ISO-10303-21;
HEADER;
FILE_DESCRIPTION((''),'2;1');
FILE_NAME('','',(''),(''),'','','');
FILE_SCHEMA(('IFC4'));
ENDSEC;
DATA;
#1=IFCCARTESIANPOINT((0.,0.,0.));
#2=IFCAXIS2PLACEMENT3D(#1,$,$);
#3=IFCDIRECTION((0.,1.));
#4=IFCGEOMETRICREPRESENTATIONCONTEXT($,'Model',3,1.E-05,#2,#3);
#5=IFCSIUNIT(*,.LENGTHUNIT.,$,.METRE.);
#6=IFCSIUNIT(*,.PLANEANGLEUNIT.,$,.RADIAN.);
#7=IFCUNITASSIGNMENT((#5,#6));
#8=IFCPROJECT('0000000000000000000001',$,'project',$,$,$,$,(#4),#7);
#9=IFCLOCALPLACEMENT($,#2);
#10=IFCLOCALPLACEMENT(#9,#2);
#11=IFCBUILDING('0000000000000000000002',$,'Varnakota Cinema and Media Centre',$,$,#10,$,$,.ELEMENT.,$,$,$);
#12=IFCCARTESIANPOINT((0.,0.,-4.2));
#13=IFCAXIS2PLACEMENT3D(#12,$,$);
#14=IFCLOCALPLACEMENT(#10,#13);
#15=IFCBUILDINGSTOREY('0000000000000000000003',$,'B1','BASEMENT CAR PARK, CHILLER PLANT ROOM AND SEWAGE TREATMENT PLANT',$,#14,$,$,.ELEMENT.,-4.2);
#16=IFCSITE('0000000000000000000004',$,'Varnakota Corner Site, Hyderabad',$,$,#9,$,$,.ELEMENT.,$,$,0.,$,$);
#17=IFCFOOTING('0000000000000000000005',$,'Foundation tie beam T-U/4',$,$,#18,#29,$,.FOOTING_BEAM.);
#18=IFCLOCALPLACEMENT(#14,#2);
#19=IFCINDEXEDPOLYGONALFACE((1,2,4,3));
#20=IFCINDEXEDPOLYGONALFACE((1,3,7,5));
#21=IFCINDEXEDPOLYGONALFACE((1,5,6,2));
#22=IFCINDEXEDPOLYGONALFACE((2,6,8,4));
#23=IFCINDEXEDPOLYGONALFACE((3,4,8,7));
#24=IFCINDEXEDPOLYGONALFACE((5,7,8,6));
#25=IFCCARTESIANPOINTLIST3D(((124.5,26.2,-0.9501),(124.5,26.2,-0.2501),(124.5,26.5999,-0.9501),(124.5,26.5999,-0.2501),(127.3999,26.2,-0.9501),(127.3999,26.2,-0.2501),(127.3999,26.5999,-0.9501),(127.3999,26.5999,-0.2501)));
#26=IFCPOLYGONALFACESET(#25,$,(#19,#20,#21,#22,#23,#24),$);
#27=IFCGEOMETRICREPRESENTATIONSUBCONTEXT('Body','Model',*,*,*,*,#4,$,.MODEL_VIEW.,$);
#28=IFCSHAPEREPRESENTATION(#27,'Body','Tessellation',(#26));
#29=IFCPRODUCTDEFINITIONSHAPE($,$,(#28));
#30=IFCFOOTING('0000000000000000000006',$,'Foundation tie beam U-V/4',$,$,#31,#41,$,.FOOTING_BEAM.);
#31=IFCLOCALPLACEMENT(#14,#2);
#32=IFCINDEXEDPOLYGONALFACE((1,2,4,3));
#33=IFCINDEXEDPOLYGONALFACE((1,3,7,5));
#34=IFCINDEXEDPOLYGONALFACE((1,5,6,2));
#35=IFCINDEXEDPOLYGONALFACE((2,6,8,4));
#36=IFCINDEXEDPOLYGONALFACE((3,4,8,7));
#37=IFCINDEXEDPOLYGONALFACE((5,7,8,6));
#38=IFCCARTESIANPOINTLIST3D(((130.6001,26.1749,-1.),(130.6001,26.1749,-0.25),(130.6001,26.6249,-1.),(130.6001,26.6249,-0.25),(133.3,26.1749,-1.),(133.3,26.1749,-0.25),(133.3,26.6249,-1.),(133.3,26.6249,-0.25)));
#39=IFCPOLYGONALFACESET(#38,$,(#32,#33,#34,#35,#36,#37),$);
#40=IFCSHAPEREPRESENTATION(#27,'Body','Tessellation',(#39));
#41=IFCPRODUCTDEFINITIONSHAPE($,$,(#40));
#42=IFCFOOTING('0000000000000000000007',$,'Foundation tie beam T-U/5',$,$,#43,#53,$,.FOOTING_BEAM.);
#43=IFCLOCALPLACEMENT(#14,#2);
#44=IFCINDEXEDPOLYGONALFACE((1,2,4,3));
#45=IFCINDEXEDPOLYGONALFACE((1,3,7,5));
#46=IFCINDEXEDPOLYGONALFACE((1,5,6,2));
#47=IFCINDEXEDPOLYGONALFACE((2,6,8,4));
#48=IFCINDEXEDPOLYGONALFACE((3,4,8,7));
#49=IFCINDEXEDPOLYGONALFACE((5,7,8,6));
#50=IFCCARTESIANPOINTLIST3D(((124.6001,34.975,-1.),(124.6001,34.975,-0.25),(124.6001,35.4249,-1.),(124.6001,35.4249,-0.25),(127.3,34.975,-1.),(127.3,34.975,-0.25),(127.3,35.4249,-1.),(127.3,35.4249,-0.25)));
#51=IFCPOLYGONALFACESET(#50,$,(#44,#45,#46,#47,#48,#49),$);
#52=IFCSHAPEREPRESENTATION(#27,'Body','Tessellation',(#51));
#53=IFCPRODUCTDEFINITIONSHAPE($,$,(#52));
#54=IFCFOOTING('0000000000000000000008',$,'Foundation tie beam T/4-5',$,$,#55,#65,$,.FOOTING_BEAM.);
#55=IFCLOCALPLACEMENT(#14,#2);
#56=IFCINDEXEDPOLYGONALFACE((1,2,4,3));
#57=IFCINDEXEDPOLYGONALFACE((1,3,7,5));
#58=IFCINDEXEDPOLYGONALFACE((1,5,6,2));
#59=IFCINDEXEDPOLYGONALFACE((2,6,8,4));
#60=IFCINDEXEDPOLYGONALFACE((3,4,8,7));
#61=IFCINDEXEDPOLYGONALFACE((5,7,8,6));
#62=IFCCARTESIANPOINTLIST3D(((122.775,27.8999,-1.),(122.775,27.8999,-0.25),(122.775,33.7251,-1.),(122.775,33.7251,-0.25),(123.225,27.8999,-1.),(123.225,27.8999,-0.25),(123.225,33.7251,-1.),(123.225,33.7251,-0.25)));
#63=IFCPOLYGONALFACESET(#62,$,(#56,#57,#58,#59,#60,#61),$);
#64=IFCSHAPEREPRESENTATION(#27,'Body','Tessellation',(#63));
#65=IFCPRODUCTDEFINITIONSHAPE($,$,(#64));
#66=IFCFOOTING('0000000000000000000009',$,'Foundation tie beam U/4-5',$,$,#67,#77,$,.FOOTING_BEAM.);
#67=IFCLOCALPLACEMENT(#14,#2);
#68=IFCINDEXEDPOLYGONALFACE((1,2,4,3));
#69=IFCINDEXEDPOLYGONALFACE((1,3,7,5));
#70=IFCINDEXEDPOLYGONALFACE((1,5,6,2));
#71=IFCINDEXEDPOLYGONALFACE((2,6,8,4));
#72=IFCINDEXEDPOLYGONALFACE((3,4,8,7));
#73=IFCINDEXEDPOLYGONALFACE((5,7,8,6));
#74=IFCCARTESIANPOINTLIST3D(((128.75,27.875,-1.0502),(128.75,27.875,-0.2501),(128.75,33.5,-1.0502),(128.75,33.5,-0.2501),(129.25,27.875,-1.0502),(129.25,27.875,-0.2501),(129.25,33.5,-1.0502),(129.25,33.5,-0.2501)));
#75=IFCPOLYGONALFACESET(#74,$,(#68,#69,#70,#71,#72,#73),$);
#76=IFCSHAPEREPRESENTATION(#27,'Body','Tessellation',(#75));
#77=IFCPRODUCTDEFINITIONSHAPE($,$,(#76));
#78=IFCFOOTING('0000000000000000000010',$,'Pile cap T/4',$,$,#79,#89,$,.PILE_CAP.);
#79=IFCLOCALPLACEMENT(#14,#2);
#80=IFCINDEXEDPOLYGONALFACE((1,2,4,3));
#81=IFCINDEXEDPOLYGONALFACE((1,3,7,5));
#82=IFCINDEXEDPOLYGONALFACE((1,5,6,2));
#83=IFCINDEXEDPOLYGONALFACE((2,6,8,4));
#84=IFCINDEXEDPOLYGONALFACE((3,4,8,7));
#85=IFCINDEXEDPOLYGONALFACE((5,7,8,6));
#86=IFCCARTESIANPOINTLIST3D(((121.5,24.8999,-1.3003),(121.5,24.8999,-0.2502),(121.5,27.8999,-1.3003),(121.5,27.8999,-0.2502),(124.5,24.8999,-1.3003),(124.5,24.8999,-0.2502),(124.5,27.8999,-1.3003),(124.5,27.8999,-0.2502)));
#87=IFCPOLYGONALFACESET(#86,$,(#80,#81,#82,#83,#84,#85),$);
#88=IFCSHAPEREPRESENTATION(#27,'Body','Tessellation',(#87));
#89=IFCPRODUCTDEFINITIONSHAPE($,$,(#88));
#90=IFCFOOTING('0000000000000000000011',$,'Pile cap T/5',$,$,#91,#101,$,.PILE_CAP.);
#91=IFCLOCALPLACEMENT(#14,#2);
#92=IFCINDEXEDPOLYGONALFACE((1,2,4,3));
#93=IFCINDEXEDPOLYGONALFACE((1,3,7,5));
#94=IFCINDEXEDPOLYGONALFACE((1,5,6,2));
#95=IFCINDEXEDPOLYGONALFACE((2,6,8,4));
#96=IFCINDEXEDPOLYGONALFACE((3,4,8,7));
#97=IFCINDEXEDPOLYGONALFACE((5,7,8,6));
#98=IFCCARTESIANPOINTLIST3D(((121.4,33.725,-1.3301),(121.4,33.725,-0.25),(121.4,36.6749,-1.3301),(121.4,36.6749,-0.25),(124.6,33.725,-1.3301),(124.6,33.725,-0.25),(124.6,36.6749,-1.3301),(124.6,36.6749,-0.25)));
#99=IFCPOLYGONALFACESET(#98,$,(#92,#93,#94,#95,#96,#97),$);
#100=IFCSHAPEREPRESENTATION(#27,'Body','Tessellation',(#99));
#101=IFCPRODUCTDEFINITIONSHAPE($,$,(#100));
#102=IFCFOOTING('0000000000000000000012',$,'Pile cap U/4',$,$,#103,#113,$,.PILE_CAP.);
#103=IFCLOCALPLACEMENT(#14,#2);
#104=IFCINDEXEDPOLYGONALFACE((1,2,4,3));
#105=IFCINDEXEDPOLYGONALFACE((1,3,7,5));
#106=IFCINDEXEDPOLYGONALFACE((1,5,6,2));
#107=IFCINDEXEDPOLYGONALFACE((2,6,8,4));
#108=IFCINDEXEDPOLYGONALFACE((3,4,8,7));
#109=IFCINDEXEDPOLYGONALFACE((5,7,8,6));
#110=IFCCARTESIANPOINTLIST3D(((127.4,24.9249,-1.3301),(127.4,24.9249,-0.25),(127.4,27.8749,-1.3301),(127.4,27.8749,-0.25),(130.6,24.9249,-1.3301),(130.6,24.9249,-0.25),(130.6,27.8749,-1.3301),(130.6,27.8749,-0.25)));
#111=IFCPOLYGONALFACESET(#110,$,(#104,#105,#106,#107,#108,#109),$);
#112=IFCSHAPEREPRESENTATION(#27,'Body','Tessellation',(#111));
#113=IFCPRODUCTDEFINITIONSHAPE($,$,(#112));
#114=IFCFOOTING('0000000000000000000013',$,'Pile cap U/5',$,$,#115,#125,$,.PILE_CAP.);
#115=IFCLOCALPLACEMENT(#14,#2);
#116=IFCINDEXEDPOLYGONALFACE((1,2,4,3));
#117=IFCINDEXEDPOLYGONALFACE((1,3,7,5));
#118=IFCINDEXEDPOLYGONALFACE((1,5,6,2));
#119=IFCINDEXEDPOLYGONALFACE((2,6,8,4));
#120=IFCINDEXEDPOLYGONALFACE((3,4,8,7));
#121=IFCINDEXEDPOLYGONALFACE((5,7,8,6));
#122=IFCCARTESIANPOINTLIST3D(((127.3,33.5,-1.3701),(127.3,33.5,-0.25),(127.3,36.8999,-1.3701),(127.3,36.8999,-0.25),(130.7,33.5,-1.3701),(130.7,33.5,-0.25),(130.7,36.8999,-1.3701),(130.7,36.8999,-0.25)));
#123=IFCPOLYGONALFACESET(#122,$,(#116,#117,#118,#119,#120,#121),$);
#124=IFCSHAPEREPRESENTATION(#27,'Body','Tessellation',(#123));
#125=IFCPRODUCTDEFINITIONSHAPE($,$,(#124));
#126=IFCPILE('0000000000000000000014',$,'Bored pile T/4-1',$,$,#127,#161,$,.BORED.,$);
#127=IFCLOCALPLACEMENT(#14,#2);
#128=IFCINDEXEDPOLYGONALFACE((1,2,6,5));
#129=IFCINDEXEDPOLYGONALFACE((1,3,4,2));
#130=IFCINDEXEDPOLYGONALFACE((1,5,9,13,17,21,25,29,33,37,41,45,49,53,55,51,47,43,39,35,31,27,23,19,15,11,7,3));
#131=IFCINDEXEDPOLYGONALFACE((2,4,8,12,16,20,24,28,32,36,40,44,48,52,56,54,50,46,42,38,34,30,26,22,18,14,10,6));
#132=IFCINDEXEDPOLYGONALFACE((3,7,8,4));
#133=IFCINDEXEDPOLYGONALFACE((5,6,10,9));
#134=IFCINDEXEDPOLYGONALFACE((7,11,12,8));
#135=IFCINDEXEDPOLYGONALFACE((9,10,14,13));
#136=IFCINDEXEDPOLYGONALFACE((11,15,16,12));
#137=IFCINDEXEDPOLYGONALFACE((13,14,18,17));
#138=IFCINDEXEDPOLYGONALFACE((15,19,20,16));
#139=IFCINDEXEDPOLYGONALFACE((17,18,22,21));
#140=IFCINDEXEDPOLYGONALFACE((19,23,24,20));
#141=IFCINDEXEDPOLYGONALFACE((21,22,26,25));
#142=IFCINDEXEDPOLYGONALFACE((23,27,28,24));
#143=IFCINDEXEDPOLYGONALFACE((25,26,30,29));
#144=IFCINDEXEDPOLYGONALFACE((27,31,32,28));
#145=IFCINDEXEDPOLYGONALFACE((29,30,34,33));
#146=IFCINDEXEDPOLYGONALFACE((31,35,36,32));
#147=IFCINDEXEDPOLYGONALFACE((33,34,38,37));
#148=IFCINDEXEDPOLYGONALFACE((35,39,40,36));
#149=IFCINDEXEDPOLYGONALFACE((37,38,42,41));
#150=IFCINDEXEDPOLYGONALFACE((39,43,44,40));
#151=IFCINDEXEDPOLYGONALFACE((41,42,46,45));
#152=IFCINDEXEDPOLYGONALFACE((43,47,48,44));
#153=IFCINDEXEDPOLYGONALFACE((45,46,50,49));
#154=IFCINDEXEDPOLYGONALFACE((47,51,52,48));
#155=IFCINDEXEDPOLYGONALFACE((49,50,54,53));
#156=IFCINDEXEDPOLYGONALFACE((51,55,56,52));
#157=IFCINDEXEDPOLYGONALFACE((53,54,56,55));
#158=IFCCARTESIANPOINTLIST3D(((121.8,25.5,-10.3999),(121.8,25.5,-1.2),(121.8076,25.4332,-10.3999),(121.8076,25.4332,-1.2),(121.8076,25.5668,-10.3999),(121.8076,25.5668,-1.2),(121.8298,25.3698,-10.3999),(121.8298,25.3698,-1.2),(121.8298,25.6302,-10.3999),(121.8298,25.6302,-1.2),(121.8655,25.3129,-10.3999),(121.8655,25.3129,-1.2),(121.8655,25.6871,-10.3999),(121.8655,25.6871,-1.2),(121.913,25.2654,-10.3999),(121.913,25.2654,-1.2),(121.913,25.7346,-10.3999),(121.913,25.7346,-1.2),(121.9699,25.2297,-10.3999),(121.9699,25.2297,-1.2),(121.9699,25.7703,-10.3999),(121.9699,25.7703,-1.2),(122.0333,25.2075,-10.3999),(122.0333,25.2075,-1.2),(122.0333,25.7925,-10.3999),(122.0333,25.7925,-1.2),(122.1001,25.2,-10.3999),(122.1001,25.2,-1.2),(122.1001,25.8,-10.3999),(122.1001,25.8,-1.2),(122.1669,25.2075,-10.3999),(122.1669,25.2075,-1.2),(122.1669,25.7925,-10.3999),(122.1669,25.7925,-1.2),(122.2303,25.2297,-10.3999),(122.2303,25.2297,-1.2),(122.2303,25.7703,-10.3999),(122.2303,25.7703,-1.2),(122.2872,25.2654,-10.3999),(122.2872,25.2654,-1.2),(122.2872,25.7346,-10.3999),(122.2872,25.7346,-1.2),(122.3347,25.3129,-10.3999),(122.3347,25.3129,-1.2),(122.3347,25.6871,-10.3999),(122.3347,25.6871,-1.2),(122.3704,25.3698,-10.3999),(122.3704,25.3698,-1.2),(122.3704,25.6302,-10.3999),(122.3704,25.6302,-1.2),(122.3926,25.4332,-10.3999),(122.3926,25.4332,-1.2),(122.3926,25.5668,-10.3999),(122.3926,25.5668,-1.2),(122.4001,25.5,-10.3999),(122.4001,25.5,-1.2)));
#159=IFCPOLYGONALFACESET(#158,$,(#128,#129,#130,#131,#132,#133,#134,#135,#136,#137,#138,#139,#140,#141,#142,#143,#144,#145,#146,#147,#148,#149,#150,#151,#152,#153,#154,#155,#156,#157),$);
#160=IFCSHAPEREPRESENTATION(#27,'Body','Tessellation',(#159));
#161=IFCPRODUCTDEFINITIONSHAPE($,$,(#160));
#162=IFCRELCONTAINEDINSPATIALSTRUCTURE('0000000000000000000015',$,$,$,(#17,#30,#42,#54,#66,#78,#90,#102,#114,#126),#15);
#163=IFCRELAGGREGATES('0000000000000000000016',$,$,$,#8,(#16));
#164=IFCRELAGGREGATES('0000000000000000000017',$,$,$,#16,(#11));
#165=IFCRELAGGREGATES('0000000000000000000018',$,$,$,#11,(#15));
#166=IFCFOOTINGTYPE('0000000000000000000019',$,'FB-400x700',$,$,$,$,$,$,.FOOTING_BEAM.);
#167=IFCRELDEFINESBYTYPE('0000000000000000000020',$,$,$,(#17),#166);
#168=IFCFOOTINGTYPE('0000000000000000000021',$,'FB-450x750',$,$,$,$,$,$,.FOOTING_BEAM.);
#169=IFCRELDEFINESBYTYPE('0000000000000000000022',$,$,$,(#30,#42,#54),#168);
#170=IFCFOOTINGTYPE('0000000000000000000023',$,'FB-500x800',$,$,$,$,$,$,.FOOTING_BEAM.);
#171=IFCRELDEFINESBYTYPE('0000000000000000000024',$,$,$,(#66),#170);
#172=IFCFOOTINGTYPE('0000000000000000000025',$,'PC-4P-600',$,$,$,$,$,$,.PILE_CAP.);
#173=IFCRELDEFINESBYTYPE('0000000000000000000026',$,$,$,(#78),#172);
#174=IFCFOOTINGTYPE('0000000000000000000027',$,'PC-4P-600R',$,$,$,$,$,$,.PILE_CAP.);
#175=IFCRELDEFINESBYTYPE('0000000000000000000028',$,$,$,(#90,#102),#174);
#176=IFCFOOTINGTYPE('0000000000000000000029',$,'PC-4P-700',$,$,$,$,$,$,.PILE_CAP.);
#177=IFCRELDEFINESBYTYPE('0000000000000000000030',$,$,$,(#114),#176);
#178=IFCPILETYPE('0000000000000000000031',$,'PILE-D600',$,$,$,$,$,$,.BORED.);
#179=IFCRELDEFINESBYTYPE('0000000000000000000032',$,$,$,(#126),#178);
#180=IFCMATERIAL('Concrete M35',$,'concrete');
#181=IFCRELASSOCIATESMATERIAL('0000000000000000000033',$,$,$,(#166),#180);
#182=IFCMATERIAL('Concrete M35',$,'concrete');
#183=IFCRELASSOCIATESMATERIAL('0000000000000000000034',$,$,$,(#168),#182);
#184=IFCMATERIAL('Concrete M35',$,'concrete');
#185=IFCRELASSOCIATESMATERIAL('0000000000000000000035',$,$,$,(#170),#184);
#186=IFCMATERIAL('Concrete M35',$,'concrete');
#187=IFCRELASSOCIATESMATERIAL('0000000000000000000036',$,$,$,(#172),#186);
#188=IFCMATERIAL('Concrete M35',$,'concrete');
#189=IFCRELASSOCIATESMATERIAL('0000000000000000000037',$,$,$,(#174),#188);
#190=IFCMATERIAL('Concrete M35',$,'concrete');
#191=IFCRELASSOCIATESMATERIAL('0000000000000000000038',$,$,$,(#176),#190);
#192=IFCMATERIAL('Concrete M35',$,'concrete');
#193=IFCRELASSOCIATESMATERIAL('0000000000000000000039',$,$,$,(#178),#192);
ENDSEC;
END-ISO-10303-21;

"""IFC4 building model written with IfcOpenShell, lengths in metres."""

from ifc_helpers import new_model, si_unit, direction, frame, origin, origin_2d, place, context, subcontext, project, spatial, rectangle, circle, extrude, material, material_profile, profile_set, type_object, element, save


model = new_model("IFC4")

# Units and contexts
model_context = context("Model", 3, precision=1e-05, world=origin(), true_north=direction((0.0, 1.0)))
body_context = subcontext(model_context, "Body", "Model", "MODEL_VIEW")
ifc_project = project(units=[si_unit("LENGTHUNIT", "METRE"), si_unit("PLANEANGLEUNIT", "RADIAN")], contexts=[model_context])

# Site, building, storey
site_placement = place(None, origin())
site = spatial("IfcSite", under=ifc_project, at=site_placement, Name="Varnakota Corner Site, Hyderabad", CompositionType="ELEMENT", RefElevation=0.0)
building_placement = place(site_placement, origin())
building = spatial("IfcBuilding", under=site, at=building_placement, Name="Varnakota Cinema and Media Centre", CompositionType="ELEMENT")
storey_placement = place(building_placement, frame((0.0, 0.0, -4.2)))
storey = spatial("IfcBuildingStorey", under=building, at=storey_placement, Name="B1", Description="BASEMENT CAR PARK, CHILLER PLANT ROOM AND SEWAGE TREATMENT PLANT", CompositionType="ELEMENT", Elevation=-4.2)

# Footings
ifc_material_1 = material(Name="Concrete M35", Category="concrete")
ifc_material_profile_1 = material_profile(ifc_material_1, rectangle(XDim=0.3999, YDim=0.7, at=origin_2d()), Name="FB 400x700")
ifc_profile_set_1 = profile_set([ifc_material_profile_1], Name="Concrete M35")
footing_type_1 = type_object("IfcFootingType", Name="FB-400x700", PredefinedType="FOOTING_BEAM", material=ifc_profile_set_1)
footing_1_placement = place(storey_placement, frame((124.5, 26.3999, -0.6001), z_axis=(1.0, 0.0, 0.0), x_axis=(0.0, 1.0, 0.0)))
element("IfcFooting", 1, at=footing_1_placement, inside=storey, type_object=footing_type_1, Name="Foundation tie beam T-U/4", PredefinedType="FOOTING_BEAM", context=body_context, shape_type="SweptSolid", body=[
    extrude(rectangle(XDim=0.3999, YDim=0.7, at=origin_2d()), origin(), (0.0, 0.0, 1.0), 2.8999),
])
ifc_material_2 = material(Name="Concrete M35", Category="concrete")
ifc_material_profile_2 = material_profile(ifc_material_2, rectangle(XDim=0.45, YDim=0.75, at=origin_2d()), Name="FB 450x750")
ifc_profile_set_2 = profile_set([ifc_material_profile_2], Name="Concrete M35")
footing_type_2 = type_object("IfcFootingType", Name="FB-450x750", PredefinedType="FOOTING_BEAM", material=ifc_profile_set_2)
for number, where, z_axis, x_axis, name in (
    (2, (130.6001, 26.3999, -0.625), (1.0, 0.0, 0.0), (0.0, 1.0, 0.0), "Foundation tie beam U-V/4"),
    (3, (124.6001, 35.2, -0.625), (1.0, 0.0, 0.0), (0.0, 1.0, 0.0), "Foundation tie beam T-U/5"),
):
    element("IfcFooting", number, at=place(storey_placement, frame(where, z_axis=z_axis, x_axis=x_axis)), inside=storey, type_object=footing_type_2, Name=name, PredefinedType="FOOTING_BEAM", context=body_context, shape_type="SweptSolid", body=[
        extrude(rectangle(XDim=0.45, YDim=0.75, at=origin_2d()), origin(), (0.0, 0.0, 1.0), 2.7),
    ])
footing_2_placement = place(storey_placement, frame((123.0, 27.8999, -0.625), z_axis=(0.0, 1.0, 0.0), x_axis=(-1.0, 0.0, 0.0)))
element("IfcFooting", 4, at=footing_2_placement, inside=storey, type_object=footing_type_2, Name="Foundation tie beam T/4-5", PredefinedType="FOOTING_BEAM", context=body_context, shape_type="SweptSolid", body=[
    extrude(rectangle(XDim=0.45, YDim=0.75, at=origin_2d()), origin(), (0.0, 0.0, 1.0), 5.8252),
])
ifc_material_3 = material(Name="Concrete M35", Category="concrete")
ifc_material_profile_3 = material_profile(ifc_material_3, rectangle(XDim=0.5, YDim=0.8, at=origin_2d()), Name="FB 500x800")
ifc_profile_set_3 = profile_set([ifc_material_profile_3], Name="Concrete M35")
footing_type_3 = type_object("IfcFootingType", Name="FB-500x800", PredefinedType="FOOTING_BEAM", material=ifc_profile_set_3)
footing_3_placement = place(storey_placement, frame((129.0, 27.875, -0.6501), z_axis=(0.0, 1.0, 0.0), x_axis=(-1.0, 0.0, 0.0)))
element("IfcFooting", 5, at=footing_3_placement, inside=storey, type_object=footing_type_3, Name="Foundation tie beam U/4-5", PredefinedType="FOOTING_BEAM", context=body_context, shape_type="SweptSolid", body=[
    extrude(rectangle(XDim=0.5, YDim=0.8, at=origin_2d()), origin(), (0.0, 0.0, 1.0), 5.625),
])
ifc_material_4 = material(Name="Concrete M35", Category="concrete")
footing_type_4 = type_object("IfcFootingType", Name="PC-4P-600", PredefinedType="PILE_CAP", material=ifc_material_4)
footing_4_placement = place(storey_placement, frame((123.0, 26.3999, -1.3003), z_axis=(0.0, 0.0, 1.0), x_axis=(1.0, 0.0, 0.0)))
element("IfcFooting", 6, at=footing_4_placement, inside=storey, type_object=footing_type_4, Name="Pile cap T/4", PredefinedType="PILE_CAP", context=body_context, shape_type="SweptSolid", body=[
    extrude(rectangle(XDim=3.0, YDim=3.0, at=origin_2d()), origin(), (0.0, 0.0, 1.0), 1.05),
])
ifc_material_5 = material(Name="Concrete M35", Category="concrete")
footing_type_5 = type_object("IfcFootingType", Name="PC-4P-600R", PredefinedType="PILE_CAP", material=ifc_material_5)
for number, where, z_axis, x_axis, name in (
    (7, (123.0, 35.2, -1.3301), (0.0, 0.0, 1.0), (1.0, 0.0, 0.0), "Pile cap T/5"),
    (8, (129.0, 26.3999, -1.3301), (0.0, 0.0, 1.0), (1.0, 0.0, 0.0), "Pile cap U/4"),
):
    element("IfcFooting", number, at=place(storey_placement, frame(where, z_axis=z_axis, x_axis=x_axis)), inside=storey, type_object=footing_type_5, Name=name, PredefinedType="PILE_CAP", context=body_context, shape_type="SweptSolid", body=[
        extrude(rectangle(XDim=3.2, YDim=2.95, at=origin_2d()), origin(), (0.0, 0.0, 1.0), 1.0801),
    ])
ifc_material_6 = material(Name="Concrete M35", Category="concrete")
footing_type_6 = type_object("IfcFootingType", Name="PC-4P-700", PredefinedType="PILE_CAP", material=ifc_material_6)
footing_5_placement = place(storey_placement, frame((129.0, 35.2, -1.3701), z_axis=(0.0, 0.0, 1.0), x_axis=(1.0, 0.0, 0.0)))
element("IfcFooting", 9, at=footing_5_placement, inside=storey, type_object=footing_type_6, Name="Pile cap U/5", PredefinedType="PILE_CAP", context=body_context, shape_type="SweptSolid", body=[
    extrude(rectangle(XDim=3.3999, YDim=3.3999, at=origin_2d()), origin(), (0.0, 0.0, 1.0), 1.1201),
])

# Pile
ifc_material_7 = material(Name="Concrete M35", Category="concrete")
ifc_material_profile_4 = material_profile(ifc_material_7, circle(Radius=0.3, at=origin_2d()), Name="PILE D600")
ifc_profile_set_4 = profile_set([ifc_material_profile_4], Name="Concrete M35")
pile_type_1 = type_object("IfcPileType", Name="PILE-D600", PredefinedType="BORED", material=ifc_profile_set_4)
for number, where, z_axis, x_axis, name in (
    (10, (122.1001, 25.5, -1.2), (0.0, 0.0, -1.0), (1.0, 0.0, 0.0), "Bored pile T/4-1"),
):
    element("IfcPile", number, at=place(storey_placement, frame(where, z_axis=z_axis, x_axis=x_axis)), inside=storey, type_object=pile_type_1, Name=name, PredefinedType="BORED", context=body_context, shape_type="SweptSolid", body=[
        extrude(circle(Radius=0.3, at=origin_2d()), origin(), (0.0, 0.0, 1.0), 9.2),
    ])

save(model, "model.ifc")
